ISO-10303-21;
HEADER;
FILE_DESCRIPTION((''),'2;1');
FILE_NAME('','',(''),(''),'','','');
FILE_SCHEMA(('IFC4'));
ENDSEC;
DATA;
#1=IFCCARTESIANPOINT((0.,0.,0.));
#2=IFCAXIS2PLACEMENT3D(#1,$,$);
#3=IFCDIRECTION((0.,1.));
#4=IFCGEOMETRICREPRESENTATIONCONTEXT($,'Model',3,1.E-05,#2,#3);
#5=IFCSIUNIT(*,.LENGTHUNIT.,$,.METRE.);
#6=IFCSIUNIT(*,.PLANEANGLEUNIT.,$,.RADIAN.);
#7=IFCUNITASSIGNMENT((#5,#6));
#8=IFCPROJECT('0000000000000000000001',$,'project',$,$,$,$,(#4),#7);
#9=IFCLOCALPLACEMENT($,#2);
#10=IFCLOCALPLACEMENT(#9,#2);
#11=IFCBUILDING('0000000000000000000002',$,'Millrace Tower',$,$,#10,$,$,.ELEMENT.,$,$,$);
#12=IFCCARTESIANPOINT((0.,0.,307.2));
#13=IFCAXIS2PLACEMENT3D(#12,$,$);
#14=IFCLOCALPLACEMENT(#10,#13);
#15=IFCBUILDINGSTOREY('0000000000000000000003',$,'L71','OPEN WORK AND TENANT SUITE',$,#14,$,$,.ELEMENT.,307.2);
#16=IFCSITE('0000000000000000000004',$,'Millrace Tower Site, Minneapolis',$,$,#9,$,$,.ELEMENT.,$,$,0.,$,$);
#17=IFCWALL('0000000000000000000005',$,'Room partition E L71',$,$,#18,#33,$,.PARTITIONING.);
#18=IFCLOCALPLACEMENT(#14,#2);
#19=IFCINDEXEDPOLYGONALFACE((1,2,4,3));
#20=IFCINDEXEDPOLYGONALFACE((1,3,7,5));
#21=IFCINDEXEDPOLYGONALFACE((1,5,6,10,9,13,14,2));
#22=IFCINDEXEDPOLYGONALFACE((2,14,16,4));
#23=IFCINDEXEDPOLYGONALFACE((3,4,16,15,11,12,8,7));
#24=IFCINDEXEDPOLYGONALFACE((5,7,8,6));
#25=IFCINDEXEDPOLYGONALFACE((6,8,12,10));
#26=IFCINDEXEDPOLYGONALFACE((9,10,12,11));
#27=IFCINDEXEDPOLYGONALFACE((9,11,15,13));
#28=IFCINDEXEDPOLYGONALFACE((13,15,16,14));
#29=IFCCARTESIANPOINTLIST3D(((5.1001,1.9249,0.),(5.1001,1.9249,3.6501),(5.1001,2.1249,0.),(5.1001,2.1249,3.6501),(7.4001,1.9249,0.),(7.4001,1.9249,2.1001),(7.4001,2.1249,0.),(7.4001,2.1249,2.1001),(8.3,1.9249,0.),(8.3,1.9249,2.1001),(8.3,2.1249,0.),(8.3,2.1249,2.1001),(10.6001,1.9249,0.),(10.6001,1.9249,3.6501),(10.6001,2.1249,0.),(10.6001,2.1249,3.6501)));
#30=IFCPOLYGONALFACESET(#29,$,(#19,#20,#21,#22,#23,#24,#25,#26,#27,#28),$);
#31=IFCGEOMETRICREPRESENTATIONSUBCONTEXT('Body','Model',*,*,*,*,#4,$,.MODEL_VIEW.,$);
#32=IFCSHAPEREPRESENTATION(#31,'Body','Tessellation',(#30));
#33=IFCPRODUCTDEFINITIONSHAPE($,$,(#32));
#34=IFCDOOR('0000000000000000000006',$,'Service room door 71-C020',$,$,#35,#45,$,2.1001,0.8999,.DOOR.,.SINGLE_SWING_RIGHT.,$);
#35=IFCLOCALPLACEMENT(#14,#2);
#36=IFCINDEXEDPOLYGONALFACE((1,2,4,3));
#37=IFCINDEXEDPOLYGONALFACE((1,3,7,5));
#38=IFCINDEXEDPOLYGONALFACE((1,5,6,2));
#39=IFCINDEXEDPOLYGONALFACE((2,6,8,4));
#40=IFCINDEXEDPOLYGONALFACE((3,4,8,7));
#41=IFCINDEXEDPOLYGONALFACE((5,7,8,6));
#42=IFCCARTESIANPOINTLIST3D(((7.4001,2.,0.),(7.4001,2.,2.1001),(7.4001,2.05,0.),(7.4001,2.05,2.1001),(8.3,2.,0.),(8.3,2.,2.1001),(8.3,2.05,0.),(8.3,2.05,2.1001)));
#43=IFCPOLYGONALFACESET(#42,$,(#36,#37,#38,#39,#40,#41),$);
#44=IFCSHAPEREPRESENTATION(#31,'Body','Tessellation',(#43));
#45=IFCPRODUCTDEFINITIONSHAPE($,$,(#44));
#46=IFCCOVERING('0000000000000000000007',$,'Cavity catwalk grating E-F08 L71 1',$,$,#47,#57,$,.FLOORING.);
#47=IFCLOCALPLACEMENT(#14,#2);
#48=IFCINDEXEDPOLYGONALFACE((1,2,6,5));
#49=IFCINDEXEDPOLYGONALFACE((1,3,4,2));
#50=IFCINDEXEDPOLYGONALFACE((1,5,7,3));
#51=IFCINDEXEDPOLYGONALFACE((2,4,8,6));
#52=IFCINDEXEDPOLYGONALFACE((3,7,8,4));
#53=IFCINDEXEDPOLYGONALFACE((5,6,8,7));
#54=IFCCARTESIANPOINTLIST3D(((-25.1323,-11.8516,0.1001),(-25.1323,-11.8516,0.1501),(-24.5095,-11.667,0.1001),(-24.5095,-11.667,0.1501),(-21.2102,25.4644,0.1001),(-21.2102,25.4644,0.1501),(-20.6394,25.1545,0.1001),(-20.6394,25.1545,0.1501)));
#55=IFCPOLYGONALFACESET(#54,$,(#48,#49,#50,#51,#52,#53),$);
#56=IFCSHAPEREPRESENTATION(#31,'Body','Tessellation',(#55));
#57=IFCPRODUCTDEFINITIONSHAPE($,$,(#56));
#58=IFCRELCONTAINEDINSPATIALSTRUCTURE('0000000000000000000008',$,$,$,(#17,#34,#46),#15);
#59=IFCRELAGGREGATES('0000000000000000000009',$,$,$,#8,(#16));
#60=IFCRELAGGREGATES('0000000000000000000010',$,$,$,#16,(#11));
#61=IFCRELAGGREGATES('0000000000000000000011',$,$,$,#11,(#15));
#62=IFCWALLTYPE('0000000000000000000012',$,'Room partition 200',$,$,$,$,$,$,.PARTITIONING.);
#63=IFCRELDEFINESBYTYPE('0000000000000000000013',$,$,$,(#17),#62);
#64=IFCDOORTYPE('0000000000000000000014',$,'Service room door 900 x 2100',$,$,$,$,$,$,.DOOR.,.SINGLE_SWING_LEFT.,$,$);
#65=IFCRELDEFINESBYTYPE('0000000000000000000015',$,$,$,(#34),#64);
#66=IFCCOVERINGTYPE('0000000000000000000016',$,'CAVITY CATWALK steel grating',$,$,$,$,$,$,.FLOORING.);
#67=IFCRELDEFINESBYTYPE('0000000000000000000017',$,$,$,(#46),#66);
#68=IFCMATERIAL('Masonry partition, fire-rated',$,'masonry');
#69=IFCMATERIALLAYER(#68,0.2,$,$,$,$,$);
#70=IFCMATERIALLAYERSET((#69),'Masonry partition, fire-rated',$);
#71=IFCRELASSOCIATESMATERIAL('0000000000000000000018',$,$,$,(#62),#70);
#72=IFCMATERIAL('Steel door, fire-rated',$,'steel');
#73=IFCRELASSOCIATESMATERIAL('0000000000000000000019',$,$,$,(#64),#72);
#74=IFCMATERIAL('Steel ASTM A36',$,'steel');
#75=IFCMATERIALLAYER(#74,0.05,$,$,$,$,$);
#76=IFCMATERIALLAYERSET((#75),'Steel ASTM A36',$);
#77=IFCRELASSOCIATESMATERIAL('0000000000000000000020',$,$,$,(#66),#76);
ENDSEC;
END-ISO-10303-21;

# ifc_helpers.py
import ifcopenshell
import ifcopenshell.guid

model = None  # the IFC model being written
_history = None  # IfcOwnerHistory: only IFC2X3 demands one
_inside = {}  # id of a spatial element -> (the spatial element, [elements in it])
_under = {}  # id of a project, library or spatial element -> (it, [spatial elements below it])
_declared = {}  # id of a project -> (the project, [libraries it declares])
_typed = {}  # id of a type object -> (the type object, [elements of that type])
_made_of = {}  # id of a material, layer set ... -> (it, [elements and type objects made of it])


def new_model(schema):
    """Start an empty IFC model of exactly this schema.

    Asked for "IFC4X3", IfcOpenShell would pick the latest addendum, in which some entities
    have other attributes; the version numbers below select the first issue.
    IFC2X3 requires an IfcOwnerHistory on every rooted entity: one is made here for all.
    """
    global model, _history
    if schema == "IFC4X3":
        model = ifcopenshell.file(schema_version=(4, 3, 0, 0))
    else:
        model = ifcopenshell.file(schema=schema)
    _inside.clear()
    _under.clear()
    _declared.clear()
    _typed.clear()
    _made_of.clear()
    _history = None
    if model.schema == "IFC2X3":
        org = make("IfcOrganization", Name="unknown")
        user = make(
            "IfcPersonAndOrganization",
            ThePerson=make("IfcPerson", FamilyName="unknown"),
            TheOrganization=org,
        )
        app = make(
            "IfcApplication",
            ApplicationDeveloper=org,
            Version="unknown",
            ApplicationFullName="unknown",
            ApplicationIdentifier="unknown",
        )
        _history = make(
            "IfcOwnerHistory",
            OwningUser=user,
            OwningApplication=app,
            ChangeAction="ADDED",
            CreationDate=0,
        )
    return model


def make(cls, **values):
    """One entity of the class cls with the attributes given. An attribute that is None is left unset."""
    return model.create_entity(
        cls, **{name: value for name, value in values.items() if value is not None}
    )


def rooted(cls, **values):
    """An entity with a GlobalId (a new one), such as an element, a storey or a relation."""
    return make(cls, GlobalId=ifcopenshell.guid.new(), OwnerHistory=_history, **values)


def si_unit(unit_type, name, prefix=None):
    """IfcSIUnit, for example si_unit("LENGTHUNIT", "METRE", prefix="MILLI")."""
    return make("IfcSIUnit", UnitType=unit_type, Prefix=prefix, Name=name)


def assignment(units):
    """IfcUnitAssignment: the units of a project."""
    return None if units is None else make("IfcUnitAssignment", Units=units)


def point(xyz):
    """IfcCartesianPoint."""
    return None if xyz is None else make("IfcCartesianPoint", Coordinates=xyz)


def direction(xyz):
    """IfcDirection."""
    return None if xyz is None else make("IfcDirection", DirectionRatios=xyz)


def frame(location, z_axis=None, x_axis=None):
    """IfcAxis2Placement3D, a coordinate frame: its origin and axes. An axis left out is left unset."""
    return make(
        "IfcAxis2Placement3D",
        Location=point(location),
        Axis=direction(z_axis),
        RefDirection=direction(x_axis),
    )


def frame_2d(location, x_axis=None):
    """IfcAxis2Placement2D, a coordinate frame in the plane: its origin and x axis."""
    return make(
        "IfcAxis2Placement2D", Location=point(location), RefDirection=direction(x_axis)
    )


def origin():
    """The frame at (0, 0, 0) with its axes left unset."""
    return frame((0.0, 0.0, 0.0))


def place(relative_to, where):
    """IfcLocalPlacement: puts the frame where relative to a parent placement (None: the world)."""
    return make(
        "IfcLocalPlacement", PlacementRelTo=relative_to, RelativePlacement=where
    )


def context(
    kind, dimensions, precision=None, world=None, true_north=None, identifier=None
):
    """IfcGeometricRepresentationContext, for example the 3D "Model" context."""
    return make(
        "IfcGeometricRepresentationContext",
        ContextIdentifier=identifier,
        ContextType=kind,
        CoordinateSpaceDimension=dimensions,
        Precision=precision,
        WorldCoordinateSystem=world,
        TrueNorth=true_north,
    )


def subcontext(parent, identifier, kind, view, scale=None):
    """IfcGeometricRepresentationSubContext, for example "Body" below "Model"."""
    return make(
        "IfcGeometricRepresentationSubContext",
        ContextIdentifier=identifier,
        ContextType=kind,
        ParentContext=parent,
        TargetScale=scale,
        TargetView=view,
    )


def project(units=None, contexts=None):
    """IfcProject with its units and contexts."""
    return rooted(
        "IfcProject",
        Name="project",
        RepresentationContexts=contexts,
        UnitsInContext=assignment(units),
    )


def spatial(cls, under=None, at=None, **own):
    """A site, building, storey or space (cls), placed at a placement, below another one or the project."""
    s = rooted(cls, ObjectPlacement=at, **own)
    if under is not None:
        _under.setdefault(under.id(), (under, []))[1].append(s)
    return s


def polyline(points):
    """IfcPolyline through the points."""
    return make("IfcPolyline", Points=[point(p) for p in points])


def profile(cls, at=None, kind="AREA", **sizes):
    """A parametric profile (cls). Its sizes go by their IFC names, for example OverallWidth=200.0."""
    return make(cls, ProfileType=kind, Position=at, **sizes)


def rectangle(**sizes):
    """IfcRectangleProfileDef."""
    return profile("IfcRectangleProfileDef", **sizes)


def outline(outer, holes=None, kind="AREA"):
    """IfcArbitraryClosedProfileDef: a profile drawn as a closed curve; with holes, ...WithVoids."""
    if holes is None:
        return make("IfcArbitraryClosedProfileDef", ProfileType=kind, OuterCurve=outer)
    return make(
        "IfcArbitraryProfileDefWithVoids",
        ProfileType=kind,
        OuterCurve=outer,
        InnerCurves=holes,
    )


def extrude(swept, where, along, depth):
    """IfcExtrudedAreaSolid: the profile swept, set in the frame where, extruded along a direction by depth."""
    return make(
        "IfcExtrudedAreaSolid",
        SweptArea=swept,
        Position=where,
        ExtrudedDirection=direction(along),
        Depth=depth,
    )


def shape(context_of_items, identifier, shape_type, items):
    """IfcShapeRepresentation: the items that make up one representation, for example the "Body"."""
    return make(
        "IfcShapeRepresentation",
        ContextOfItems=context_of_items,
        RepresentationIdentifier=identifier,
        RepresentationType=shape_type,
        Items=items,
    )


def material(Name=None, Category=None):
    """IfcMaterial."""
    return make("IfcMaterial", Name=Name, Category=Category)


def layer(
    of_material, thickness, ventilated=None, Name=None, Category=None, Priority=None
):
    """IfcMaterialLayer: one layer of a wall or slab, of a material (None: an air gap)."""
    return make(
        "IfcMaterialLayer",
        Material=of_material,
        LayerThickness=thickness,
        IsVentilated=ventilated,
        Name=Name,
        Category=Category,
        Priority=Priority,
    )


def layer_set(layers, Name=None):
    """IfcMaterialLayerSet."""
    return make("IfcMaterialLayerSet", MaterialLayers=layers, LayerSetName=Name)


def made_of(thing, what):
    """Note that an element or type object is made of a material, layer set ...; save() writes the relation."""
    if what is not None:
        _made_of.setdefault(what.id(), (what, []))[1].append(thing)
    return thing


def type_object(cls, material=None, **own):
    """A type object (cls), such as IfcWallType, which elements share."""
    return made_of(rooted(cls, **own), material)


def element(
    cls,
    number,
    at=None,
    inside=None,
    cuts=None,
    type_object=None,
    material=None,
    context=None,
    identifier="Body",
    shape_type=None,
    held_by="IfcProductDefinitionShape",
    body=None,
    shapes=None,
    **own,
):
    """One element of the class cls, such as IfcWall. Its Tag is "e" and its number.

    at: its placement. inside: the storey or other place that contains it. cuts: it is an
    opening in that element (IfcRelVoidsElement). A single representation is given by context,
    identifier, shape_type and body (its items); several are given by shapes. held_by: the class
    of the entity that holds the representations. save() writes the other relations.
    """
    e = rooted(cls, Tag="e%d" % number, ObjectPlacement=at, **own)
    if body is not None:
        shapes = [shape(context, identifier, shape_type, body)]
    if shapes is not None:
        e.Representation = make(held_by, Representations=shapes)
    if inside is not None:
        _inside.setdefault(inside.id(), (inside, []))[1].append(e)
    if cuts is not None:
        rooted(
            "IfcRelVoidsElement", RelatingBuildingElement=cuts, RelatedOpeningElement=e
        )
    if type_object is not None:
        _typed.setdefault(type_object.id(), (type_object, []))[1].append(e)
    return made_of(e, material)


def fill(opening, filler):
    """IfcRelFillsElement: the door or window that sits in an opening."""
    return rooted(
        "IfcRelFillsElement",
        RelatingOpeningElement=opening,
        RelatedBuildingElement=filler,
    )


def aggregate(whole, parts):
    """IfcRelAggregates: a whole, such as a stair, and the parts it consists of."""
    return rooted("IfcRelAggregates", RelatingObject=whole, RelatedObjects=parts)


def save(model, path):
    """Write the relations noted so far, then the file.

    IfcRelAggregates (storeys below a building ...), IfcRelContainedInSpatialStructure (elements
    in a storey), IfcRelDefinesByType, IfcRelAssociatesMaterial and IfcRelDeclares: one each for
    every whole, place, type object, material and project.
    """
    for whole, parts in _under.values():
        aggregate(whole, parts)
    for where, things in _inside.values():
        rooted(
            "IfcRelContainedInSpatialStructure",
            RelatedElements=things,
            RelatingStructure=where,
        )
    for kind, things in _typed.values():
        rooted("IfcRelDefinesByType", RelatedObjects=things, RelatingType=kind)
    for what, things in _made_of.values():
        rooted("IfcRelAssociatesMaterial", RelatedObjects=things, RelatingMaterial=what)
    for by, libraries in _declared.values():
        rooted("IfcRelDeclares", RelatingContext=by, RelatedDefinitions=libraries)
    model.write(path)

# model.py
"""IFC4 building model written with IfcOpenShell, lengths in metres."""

from ifc_helpers import new_model, si_unit, direction, frame, frame_2d, origin, place, context, subcontext, project, spatial, polyline, rectangle, outline, extrude, material, layer, layer_set, type_object, element, fill, save


model = new_model("IFC4")

# Units and contexts
model_context = context("Model", 3, precision=1e-05, world=origin(), true_north=direction((0.0, 1.0)))
body_context = subcontext(model_context, "Body", "Model", "MODEL_VIEW")
ifc_project = project(units=[si_unit("LENGTHUNIT", "METRE"), si_unit("PLANEANGLEUNIT", "RADIAN")], contexts=[model_context])

# Site, building, storey
site_placement = place(None, origin())
site = spatial("IfcSite", under=ifc_project, at=site_placement, Name="Millrace Tower Site, Minneapolis", CompositionType="ELEMENT", RefElevation=0.0)
building_placement = place(site_placement, origin())
building = spatial("IfcBuilding", under=site, at=building_placement, Name="Millrace Tower", CompositionType="ELEMENT")
storey_placement = place(building_placement, frame((0.0, 0.0, 307.2)))
storey = spatial("IfcBuildingStorey", under=building, at=storey_placement, Name="L71", Description="OPEN WORK AND TENANT SUITE", CompositionType="ELEMENT", Elevation=307.2)

# Shared definitions
ifc_material_1 = material(Name="Masonry partition, fire-rated", Category="masonry")
ifc_layer_1 = layer(ifc_material_1, 0.2)
ifc_layer_set_1 = layer_set([ifc_layer_1], Name="Masonry partition, fire-rated")
wall_type_1 = type_object("IfcWallType", Name="Room partition 200", PredefinedType="PARTITIONING", material=ifc_layer_set_1)

# Wall, opening, door
wall_1_placement = place(storey_placement, frame((10.6001, 2.0249, 0.0), z_axis=(0.0, 0.0, 1.0), x_axis=(-1.0, 0.0, 0.0)))
wall_1 = element("IfcWall", 1, at=wall_1_placement, inside=storey, type_object=wall_type_1, Name="Room partition E L71", PredefinedType="PARTITIONING", context=body_context, shape_type="SweptSolid", body=[
    extrude(rectangle(XDim=5.5, YDim=0.2, at=frame_2d((2.75, 0.0))), origin(), (0.0, 0.0, 1.0), 3.6501),
])
opening_1_placement = place(wall_1_placement, frame((2.3, 0.0, 0.0)))
opening_1 = element("IfcOpeningElement", 2, at=opening_1_placement, cuts=wall_1, PredefinedType="OPENING", context=body_context, shape_type="SweptSolid", body=[
    extrude(rectangle(XDim=0.8999, YDim=2.1001, at=frame_2d((0.45, 1.05))), frame((0.0, 0.1099, 0.0), z_axis=(0.0, -1.0, 0.0), x_axis=(1.0, 0.0, 0.0)), (0.0, 0.0, 1.0), 0.22),
])
ifc_material_2 = material(Name="Steel door, fire-rated", Category="steel")
door_type_1 = type_object("IfcDoorType", Name="Service room door 900 x 2100", OperationType="SINGLE_SWING_LEFT", PredefinedType="DOOR", material=ifc_material_2)
door_1_placement = place(opening_1_placement, origin())
door_1 = element("IfcDoor", 3, at=door_1_placement, inside=storey, type_object=door_type_1, Name="Service room door 71-C020", OperationType="SINGLE_SWING_RIGHT", OverallHeight=2.1001, OverallWidth=0.8999, PredefinedType="DOOR", context=body_context, shape_type="SweptSolid", body=[
    extrude(rectangle(XDim=0.8999, YDim=2.1001, at=frame_2d((0.45, 1.05))), frame((0.0, 0.0249, 0.0), z_axis=(0.0, -1.0, 0.0), x_axis=(1.0, 0.0, 0.0)), (0.0, 0.0, 1.0), 0.05),
])
fill(opening_1, door_1)

# Covering
ifc_material_3 = material(Name="Steel ASTM A36", Category="steel")
ifc_layer_2 = layer(ifc_material_3, 0.05)
ifc_layer_set_2 = layer_set([ifc_layer_2], Name="Steel ASTM A36")
covering_type = type_object("IfcCoveringType", Name="CAVITY CATWALK steel grating", PredefinedType="FLOORING", material=ifc_layer_set_2)
covering_placement = place(storey_placement, frame((0.0, 0.0, 0.1001)))
element("IfcCovering", 4, at=covering_placement, inside=storey, type_object=covering_type, Name="Cavity catwalk grating E-F08 L71 1", PredefinedType="FLOORING", context=body_context, shape_type="SweptSolid", body=[
    extrude(outline(polyline([(-21.2102, 25.4644), (-25.1323, -11.8516), (-24.5095, -11.667), (-20.6394, 25.1545), (-21.2102, 25.4644)])), origin(), (0.0, 0.0, 1.0), 0.05),
])

save(model, "model.ifc")
